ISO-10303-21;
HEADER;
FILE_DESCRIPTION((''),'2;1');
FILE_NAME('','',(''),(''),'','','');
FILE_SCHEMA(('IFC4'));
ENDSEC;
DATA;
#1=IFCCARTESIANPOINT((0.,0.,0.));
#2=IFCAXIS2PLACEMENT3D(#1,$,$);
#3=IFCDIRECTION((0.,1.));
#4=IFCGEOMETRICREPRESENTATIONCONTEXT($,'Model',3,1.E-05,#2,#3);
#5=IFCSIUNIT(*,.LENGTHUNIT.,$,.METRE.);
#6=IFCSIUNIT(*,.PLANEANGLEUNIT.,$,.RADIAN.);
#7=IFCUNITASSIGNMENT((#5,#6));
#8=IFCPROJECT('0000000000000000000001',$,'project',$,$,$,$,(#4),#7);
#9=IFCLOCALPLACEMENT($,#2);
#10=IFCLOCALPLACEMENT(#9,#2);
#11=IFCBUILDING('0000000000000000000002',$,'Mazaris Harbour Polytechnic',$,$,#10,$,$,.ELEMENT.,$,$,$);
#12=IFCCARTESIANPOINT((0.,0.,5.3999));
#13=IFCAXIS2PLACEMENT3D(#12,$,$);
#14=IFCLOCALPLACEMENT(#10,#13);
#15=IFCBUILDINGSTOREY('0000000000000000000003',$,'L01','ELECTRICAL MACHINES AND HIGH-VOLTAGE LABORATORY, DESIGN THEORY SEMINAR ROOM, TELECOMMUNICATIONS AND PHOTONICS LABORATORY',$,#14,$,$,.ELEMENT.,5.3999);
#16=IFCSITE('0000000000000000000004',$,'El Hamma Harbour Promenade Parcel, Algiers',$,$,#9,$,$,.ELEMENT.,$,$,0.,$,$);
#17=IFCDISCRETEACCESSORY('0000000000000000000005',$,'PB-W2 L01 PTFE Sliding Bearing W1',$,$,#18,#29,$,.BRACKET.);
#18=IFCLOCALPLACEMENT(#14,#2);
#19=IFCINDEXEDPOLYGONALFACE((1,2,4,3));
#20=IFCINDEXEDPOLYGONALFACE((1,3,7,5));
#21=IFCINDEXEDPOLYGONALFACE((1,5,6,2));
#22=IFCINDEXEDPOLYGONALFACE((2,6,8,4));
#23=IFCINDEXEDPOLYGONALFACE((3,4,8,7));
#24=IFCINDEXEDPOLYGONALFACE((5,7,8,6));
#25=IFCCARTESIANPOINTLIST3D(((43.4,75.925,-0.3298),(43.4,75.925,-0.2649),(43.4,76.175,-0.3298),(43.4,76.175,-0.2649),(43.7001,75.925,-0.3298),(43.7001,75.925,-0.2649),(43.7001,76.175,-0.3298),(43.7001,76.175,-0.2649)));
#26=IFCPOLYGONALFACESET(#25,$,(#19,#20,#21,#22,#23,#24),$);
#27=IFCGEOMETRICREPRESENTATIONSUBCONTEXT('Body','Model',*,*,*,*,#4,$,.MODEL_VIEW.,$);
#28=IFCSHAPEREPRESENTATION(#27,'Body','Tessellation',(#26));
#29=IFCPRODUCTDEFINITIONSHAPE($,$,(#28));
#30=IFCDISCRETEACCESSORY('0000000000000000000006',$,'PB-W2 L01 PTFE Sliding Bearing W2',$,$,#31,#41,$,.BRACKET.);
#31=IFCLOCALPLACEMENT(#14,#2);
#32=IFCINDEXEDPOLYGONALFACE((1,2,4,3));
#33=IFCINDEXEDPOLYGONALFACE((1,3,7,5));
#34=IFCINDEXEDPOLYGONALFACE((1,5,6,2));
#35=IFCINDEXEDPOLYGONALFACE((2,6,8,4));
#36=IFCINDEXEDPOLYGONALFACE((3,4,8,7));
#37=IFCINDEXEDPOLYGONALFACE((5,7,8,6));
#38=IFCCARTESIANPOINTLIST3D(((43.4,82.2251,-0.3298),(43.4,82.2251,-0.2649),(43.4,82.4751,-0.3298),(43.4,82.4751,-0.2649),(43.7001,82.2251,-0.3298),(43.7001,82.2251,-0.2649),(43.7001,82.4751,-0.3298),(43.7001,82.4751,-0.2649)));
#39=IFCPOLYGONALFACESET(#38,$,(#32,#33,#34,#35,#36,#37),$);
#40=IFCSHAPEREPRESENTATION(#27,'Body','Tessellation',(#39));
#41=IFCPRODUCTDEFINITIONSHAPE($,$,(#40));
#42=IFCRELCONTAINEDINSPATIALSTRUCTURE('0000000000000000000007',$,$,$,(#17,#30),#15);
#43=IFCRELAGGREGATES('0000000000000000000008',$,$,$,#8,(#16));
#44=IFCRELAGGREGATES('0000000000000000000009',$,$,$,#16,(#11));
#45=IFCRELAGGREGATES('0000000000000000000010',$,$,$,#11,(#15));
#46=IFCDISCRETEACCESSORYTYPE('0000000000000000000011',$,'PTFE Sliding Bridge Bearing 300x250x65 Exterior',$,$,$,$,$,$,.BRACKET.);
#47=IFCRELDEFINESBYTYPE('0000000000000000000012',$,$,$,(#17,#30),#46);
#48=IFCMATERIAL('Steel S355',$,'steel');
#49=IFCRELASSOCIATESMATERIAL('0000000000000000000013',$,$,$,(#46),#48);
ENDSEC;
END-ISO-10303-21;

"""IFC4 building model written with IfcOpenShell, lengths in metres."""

from ifc_helpers import new_model, si_unit, direction, frame, origin, origin_2d, place, context, subcontext, project, spatial, rectangle, extrude, material, type_object, element, save


model = new_model("IFC4")

# Units and contexts
model_context = context("Model", 3, precision=1e-05, world=origin(), true_north=direction((0.0, 1.0)))
body_context = subcontext(model_context, "Body", "Model", "MODEL_VIEW")
ifc_project = project(units=[si_unit("LENGTHUNIT", "METRE"), si_unit("PLANEANGLEUNIT", "RADIAN")], contexts=[model_context])

# Site, building, storey
site_placement = place(None, origin())
site = spatial("IfcSite", under=ifc_project, at=site_placement, Name="El Hamma Harbour Promenade Parcel, Algiers", CompositionType="ELEMENT", RefElevation=0.0)
building_placement = place(site_placement, origin())
building = spatial("IfcBuilding", under=site, at=building_placement, Name="Mazaris Harbour Polytechnic", CompositionType="ELEMENT")
storey_placement = place(building_placement, frame((0.0, 0.0, 5.3999)))
storey = spatial("IfcBuildingStorey", under=building, at=storey_placement, Name="L01", Description="ELECTRICAL MACHINES AND HIGH-VOLTAGE LABORATORY, DESIGN THEORY SEMINAR ROOM, TELECOMMUNICATIONS AND PHOTONICS LABORATORY", CompositionType="ELEMENT", Elevation=5.3999)

# Discrete accessories
ifc_material_1 = material(Name="Steel S355", Category="steel")
discrete_accessory_type = type_object("IfcDiscreteAccessoryType", Name="PTFE Sliding Bridge Bearing 300x250x65 Exterior", PredefinedType="BRACKET", material=ifc_material_1)
for number, where, z_axis, x_axis, name in (
    (1, (43.55, 76.05, -0.3298), (0.0, 0.0, 1.0), (1.0, 0.0, 0.0), "PB-W2 L01 PTFE Sliding Bearing W1"),
    (2, (43.55, 82.3501, -0.3298), (0.0, 0.0, 1.0), (1.0, 0.0, 0.0), "PB-W2 L01 PTFE Sliding Bearing W2"),
):
    element("IfcDiscreteAccessory", number, at=place(storey_placement, frame(where, z_axis=z_axis, x_axis=x_axis)), inside=storey, type_object=discrete_accessory_type, Name=name, PredefinedType="BRACKET", context=body_context, shape_type="SweptSolid", body=[
        extrude(rectangle(XDim=0.3, YDim=0.25, at=origin_2d()), origin(), (0.0, 0.0, 1.0), 0.0649),
    ])

save(model, "model.ifc")
